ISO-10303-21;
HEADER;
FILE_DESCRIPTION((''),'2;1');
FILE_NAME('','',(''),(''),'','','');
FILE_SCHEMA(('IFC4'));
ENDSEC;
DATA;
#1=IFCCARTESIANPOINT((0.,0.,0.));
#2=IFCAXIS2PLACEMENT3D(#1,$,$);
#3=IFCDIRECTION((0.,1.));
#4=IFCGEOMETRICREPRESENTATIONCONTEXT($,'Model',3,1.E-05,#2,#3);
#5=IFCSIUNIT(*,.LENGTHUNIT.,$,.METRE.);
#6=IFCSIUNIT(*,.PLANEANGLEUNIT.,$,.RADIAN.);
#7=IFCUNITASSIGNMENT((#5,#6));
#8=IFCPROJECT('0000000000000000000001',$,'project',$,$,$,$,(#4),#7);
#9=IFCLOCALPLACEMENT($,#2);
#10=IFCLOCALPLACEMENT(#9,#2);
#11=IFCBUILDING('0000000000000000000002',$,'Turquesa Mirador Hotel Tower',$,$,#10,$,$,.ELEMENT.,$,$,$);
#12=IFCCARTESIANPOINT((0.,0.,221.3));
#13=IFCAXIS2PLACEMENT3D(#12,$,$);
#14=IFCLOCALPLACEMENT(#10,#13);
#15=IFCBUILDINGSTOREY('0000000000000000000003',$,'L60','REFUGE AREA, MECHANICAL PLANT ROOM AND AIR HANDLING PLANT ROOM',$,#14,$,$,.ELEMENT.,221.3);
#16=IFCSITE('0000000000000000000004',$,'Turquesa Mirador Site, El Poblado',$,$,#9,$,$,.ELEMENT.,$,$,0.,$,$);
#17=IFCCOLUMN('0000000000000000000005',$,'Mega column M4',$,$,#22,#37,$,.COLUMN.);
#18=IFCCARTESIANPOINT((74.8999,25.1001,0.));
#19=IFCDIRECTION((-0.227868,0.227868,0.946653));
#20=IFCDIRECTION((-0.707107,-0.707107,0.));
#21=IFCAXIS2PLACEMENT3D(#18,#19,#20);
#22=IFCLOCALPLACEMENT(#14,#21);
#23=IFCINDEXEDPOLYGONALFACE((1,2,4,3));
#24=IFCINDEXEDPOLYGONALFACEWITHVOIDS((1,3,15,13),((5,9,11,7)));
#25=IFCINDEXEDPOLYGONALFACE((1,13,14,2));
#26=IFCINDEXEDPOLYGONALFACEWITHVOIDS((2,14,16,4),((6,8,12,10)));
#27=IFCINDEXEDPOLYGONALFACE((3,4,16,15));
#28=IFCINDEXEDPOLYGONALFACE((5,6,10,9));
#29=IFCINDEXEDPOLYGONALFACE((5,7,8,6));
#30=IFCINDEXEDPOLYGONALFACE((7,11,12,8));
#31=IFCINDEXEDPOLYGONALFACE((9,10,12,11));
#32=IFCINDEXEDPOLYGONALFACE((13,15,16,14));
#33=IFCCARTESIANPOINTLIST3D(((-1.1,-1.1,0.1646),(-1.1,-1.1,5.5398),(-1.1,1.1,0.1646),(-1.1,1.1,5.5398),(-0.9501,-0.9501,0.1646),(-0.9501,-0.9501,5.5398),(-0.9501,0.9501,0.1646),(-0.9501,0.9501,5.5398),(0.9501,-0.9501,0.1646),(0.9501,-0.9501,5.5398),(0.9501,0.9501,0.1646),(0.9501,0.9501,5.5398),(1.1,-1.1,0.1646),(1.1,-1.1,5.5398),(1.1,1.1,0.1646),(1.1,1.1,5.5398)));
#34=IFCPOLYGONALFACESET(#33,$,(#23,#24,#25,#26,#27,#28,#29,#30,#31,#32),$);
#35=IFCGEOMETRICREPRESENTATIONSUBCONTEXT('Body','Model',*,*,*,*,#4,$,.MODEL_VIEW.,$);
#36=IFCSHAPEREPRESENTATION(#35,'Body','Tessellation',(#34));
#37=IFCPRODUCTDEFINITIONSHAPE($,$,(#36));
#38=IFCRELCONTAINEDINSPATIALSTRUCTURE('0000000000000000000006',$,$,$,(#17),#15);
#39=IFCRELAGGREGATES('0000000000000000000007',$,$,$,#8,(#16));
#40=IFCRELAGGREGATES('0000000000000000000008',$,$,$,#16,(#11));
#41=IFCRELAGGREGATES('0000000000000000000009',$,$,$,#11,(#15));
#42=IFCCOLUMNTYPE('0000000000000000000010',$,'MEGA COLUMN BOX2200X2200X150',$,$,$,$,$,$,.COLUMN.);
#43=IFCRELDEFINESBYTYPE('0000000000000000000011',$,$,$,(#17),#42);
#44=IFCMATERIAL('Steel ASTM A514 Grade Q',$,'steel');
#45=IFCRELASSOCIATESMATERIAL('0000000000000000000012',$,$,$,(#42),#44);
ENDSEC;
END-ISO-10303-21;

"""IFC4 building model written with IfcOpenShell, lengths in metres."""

from ifc_helpers import new_model, si_unit, direction, frame, origin, origin_2d, place, context, subcontext, project, spatial, hollow_rectangle, extrude, clip, halfspace, material, material_profile, profile_set, type_object, element, save


model = new_model("IFC4")

# Units and contexts
model_context = context("Model", 3, precision=1e-05, world=origin(), true_north=direction((0.0, 1.0)))
body_context = subcontext(model_context, "Body", "Model", "MODEL_VIEW")
ifc_project = project(units=[si_unit("LENGTHUNIT", "METRE"), si_unit("PLANEANGLEUNIT", "RADIAN")], contexts=[model_context])

# Site, building, storey
site_placement = place(None, origin())
site = spatial("IfcSite", under=ifc_project, at=site_placement, Name="Turquesa Mirador Site, El Poblado", CompositionType="ELEMENT", RefElevation=0.0)
building_placement = place(site_placement, origin())
building = spatial("IfcBuilding", under=site, at=building_placement, Name="Turquesa Mirador Hotel Tower", CompositionType="ELEMENT")
storey_placement = place(building_placement, frame((0.0, 0.0, 221.3)))
storey = spatial("IfcBuildingStorey", under=building, at=storey_placement, Name="L60", Description="REFUGE AREA, MECHANICAL PLANT ROOM AND AIR HANDLING PLANT ROOM", CompositionType="ELEMENT", Elevation=221.3)

# Column
ifc_material_1 = material(Name="Steel ASTM A514 Grade Q", Category="steel")
ifc_material_profile_1 = material_profile(ifc_material_1, hollow_rectangle(XDim=2.2, YDim=2.2, WallThickness=0.1499, at=origin_2d()), Name="BOX2200X2200X150")
ifc_profile_set_1 = profile_set([ifc_material_profile_1], Name="Steel ASTM A514 Grade Q")
column_type = type_object("IfcColumnType", Name="MEGA COLUMN BOX2200X2200X150", PredefinedType="COLUMN", material=ifc_profile_set_1)
column_placement = place(storey_placement, frame((74.8999, 25.1001, 0.0), z_axis=(-0.227868, 0.227868, 0.946653), x_axis=(-0.707107, -0.707107, 0.0)))
element("IfcColumn", 1, at=column_placement, inside=storey, type_object=column_type, Name="Mega column M4", PredefinedType="COLUMN", context=body_context, shape_type="Clipping", body=[
    clip(clip(extrude(hollow_rectangle(XDim=2.2, YDim=2.2, WallThickness=0.1499, at=origin_2d()), origin(), (0.0, 0.0, 1.0), 5.7041), halfspace(frame((0.0, 0.0, 0.1646), z_axis=(0.0, 0.0, -1.0), x_axis=(1.0, 0.0, 0.0)), False)), halfspace(frame((0.0, 0.0, 5.5398), z_axis=(0.0, 0.0, 1.0), x_axis=(1.0, 0.0, 0.0)), False)),
])

save(model, "model.ifc")
